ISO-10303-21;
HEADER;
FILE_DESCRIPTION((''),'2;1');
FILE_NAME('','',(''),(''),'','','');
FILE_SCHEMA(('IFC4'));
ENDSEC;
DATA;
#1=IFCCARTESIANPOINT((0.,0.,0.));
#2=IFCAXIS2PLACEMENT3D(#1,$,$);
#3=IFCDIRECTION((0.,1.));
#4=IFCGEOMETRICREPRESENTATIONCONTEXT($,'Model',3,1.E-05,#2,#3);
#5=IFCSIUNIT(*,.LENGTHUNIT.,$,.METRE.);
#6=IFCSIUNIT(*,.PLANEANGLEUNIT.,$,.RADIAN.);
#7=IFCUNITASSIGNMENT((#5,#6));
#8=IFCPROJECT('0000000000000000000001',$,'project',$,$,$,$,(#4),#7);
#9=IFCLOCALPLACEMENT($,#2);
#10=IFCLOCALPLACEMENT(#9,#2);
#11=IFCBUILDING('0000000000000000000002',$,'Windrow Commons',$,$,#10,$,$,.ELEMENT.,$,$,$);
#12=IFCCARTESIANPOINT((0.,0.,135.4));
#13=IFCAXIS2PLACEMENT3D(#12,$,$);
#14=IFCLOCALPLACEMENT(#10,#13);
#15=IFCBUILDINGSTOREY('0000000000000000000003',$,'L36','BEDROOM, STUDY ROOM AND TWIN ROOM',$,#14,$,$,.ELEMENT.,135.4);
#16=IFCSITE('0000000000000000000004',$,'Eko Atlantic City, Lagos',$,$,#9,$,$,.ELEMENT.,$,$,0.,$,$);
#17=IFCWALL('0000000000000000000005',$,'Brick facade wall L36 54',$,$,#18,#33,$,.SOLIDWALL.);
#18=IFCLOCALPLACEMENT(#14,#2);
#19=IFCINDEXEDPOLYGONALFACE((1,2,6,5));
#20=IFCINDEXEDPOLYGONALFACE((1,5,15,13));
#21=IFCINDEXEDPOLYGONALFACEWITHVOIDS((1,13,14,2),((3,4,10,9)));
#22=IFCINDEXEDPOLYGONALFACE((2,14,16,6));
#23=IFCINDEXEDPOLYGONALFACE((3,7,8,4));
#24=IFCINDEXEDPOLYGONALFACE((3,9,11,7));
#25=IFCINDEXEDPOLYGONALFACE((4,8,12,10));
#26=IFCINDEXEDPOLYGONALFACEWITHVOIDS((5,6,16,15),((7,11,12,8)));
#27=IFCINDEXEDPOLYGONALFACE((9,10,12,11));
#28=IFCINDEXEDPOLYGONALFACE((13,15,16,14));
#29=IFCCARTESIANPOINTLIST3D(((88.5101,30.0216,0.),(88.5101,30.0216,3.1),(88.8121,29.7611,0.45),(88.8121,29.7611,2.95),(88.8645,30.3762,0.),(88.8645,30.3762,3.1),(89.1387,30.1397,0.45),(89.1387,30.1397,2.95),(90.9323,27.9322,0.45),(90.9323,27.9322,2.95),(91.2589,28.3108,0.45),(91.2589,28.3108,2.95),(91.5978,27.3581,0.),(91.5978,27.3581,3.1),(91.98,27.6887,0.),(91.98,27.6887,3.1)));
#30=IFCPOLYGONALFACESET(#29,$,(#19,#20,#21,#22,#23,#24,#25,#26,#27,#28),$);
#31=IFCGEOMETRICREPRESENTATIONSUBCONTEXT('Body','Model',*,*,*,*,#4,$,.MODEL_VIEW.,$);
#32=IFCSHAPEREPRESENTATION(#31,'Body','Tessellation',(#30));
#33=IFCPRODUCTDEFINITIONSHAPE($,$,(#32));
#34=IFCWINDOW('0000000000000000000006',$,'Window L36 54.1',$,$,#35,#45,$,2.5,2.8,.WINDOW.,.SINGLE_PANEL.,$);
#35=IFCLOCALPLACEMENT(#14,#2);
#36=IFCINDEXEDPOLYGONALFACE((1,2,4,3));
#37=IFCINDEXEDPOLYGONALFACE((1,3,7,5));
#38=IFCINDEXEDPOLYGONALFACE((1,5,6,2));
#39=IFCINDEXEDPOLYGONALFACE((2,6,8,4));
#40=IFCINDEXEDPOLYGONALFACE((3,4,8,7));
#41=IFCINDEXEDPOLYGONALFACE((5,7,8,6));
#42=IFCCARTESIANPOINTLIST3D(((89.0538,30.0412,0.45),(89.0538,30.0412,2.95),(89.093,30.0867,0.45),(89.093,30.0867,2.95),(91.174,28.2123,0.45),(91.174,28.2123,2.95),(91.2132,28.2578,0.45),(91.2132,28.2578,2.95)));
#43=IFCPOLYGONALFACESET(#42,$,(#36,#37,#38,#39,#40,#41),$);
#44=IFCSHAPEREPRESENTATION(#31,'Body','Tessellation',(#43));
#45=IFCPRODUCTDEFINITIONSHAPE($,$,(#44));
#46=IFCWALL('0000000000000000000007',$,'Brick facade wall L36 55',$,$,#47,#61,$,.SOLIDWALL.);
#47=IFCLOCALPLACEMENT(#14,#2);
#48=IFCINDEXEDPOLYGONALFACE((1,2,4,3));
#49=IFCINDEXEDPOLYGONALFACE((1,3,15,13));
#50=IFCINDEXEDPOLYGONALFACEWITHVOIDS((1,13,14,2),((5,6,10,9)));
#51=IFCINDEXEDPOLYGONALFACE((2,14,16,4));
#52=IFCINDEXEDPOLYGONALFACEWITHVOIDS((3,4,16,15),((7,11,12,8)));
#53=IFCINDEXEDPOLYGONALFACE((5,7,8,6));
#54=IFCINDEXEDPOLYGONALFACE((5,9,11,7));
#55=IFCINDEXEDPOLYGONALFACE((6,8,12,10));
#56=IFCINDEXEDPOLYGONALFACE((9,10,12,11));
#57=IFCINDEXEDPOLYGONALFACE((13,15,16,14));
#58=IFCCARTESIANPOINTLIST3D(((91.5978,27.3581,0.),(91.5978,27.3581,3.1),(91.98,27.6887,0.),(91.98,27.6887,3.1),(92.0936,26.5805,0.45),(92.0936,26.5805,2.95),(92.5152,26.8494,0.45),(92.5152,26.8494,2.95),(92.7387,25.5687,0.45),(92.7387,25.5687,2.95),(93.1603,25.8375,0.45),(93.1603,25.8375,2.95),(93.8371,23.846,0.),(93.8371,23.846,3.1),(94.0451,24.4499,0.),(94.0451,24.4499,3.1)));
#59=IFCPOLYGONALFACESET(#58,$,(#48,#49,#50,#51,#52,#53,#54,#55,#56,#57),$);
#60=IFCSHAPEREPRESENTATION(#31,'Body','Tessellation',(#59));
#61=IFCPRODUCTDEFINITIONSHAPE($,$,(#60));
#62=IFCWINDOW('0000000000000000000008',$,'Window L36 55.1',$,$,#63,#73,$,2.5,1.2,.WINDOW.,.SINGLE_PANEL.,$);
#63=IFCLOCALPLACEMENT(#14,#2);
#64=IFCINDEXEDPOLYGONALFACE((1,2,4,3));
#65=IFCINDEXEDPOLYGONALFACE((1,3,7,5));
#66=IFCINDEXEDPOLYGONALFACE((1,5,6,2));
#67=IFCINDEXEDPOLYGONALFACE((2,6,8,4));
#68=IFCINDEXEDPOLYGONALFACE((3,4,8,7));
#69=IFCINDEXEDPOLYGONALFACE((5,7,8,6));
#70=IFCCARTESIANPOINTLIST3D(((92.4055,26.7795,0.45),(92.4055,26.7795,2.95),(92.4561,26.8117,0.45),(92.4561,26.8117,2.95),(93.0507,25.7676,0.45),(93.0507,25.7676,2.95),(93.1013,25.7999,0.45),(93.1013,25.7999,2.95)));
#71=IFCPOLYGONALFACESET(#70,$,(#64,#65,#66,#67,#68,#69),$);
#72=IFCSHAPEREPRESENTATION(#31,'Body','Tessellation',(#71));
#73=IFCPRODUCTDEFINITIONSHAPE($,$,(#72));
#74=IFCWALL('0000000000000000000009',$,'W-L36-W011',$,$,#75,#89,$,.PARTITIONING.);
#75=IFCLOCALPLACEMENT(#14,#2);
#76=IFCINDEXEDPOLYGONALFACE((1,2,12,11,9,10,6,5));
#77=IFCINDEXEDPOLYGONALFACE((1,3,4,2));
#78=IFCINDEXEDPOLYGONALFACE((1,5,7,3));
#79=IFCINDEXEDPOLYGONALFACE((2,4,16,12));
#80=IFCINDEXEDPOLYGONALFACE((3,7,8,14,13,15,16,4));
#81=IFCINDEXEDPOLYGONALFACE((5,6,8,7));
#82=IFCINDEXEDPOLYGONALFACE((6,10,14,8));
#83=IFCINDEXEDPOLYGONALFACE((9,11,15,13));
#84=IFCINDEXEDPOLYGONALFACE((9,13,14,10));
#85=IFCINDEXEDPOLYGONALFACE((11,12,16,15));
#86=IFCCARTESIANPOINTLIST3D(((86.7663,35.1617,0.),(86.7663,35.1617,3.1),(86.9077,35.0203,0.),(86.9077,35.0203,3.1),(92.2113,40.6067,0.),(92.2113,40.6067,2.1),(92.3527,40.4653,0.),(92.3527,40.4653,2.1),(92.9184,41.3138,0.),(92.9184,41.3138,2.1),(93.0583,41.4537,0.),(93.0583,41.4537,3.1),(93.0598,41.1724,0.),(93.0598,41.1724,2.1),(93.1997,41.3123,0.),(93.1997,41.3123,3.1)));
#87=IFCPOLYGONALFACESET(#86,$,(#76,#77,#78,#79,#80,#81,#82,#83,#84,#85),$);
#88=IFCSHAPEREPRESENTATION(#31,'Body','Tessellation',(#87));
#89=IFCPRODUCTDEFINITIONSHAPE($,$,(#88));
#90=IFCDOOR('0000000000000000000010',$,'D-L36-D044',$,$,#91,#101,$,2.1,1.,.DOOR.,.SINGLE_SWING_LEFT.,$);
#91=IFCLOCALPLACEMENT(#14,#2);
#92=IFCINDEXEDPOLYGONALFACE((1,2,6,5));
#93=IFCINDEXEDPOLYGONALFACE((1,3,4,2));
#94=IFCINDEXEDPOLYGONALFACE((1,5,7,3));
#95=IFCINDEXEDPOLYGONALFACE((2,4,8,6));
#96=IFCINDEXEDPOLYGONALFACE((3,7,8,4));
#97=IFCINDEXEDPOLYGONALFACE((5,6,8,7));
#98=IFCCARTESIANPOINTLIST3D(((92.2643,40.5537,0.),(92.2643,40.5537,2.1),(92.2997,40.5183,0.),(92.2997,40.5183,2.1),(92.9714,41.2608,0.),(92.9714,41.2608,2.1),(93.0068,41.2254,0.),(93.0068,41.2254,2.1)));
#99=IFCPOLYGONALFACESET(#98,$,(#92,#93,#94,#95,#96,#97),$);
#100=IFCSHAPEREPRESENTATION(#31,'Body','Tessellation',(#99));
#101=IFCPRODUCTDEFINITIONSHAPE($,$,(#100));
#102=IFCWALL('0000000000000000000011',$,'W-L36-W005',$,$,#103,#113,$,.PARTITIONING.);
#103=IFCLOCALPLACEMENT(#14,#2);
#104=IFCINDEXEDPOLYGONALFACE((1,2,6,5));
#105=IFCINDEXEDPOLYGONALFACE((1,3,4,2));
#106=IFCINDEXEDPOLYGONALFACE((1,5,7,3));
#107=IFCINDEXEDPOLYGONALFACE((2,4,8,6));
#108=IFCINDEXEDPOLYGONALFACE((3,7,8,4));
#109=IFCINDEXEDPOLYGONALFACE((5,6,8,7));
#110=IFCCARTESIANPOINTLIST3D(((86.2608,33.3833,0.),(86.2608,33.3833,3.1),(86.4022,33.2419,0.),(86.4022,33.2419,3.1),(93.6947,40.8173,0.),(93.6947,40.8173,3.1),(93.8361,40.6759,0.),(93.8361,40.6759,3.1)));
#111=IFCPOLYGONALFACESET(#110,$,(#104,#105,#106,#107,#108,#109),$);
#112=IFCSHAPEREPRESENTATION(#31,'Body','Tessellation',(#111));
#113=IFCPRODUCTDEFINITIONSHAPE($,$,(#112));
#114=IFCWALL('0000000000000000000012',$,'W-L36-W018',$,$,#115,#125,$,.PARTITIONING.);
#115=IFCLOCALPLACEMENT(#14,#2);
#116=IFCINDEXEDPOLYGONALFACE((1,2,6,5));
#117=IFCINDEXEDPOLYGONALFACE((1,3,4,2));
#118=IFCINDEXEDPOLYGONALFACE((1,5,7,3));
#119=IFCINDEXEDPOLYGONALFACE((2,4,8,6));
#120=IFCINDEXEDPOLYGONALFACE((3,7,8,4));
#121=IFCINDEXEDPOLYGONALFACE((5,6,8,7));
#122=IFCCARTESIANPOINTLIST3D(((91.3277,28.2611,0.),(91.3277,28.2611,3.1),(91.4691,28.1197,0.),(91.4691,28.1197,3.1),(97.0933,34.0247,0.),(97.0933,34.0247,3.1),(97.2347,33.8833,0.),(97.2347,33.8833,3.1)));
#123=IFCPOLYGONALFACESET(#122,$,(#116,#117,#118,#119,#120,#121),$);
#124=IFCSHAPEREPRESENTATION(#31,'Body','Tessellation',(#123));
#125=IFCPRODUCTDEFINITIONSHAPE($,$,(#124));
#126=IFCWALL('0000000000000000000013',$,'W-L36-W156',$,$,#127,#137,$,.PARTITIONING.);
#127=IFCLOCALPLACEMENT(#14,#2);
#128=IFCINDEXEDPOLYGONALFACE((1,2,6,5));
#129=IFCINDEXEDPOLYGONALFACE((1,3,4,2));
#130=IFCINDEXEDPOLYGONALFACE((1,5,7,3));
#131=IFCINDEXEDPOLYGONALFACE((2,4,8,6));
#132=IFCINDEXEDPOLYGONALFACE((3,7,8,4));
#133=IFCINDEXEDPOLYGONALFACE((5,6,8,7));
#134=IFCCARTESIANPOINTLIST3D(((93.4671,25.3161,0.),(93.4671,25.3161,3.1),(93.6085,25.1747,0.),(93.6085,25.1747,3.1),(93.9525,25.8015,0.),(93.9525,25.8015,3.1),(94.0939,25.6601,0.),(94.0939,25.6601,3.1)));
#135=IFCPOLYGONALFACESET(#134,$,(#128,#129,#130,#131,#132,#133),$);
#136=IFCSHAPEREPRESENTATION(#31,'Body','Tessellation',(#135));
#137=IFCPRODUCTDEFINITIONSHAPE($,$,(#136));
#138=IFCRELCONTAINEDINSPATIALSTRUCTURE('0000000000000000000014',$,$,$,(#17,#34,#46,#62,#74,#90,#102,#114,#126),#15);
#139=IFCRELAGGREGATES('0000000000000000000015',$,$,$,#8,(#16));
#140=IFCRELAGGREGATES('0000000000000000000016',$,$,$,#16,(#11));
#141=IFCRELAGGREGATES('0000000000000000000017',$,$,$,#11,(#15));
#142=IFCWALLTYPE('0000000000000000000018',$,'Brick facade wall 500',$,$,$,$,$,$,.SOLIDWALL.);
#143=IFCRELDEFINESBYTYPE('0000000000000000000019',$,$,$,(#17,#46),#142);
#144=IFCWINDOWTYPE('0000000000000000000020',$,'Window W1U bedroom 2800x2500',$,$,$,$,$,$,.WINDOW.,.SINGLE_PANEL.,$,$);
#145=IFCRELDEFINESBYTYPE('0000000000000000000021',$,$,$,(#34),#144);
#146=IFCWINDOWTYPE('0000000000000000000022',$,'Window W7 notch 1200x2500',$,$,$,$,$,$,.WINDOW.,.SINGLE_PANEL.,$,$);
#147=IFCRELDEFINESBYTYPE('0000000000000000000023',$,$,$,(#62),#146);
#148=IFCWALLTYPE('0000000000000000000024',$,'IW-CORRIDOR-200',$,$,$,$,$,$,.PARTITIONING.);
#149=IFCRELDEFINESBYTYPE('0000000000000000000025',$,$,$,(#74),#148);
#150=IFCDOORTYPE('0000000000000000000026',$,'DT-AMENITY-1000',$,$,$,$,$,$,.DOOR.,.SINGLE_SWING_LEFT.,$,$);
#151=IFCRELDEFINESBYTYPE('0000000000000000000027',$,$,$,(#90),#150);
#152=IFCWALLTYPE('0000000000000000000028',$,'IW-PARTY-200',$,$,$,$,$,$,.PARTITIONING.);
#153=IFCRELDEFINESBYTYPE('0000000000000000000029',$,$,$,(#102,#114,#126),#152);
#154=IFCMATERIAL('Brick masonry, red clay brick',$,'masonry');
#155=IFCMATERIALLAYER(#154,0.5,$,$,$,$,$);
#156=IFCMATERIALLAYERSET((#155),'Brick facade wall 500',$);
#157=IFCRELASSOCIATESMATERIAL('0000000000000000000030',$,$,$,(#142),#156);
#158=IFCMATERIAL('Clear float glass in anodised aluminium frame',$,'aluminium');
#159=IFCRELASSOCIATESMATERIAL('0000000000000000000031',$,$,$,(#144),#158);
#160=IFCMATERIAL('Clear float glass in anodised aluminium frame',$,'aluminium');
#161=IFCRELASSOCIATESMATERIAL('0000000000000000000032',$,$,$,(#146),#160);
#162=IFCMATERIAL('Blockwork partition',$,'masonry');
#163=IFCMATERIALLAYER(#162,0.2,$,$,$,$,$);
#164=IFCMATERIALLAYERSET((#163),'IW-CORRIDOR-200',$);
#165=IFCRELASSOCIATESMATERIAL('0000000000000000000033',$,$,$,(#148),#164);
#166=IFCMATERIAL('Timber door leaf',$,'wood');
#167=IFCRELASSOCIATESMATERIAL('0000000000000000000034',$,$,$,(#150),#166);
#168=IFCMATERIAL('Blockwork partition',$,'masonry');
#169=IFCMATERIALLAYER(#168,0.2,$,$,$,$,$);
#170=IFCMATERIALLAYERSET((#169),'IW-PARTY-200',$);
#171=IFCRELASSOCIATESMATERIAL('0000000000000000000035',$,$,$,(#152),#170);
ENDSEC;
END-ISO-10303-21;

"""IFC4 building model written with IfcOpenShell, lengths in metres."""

from ifc_helpers import new_model, si_unit, direction, frame, frame_2d, origin, place, context, subcontext, project, spatial, polyline, rectangle, outline, extrude, material, layer, layer_set, type_object, element, fill, save


model = new_model("IFC4")

# Units and contexts
model_context = context("Model", 3, precision=1e-05, world=origin(), true_north=direction((0.0, 1.0)))
body_context = subcontext(model_context, "Body", "Model", "MODEL_VIEW")
ifc_project = project(units=[si_unit("LENGTHUNIT", "METRE"), si_unit("PLANEANGLEUNIT", "RADIAN")], contexts=[model_context])

# Site, building, storey
site_placement = place(None, origin())
site = spatial("IfcSite", under=ifc_project, at=site_placement, Name="Eko Atlantic City, Lagos", CompositionType="ELEMENT", RefElevation=0.0)
building_placement = place(site_placement, origin())
building = spatial("IfcBuilding", under=site, at=building_placement, Name="Windrow Commons", CompositionType="ELEMENT")
storey_placement = place(building_placement, frame((0.0, 0.0, 135.4)))
storey = spatial("IfcBuildingStorey", under=building, at=storey_placement, Name="L36", Description="BEDROOM, STUDY ROOM AND TWIN ROOM", CompositionType="ELEMENT", Elevation=135.4)

# Shared definitions
ifc_material_1 = material(Name="Brick masonry, red clay brick", Category="masonry")
ifc_layer_1 = layer(ifc_material_1, 0.5)
ifc_layer_set_1 = layer_set([ifc_layer_1], Name="Brick facade wall 500")
wall_type_1 = type_object("IfcWallType", Name="Brick facade wall 500", PredefinedType="SOLIDWALL", material=ifc_layer_set_1)
ifc_material_2 = material(Name="Clear float glass in anodised aluminium frame", Category="aluminium")
window_type_1 = type_object("IfcWindowType", Name="Window W1U bedroom 2800x2500", PartitioningType="SINGLE_PANEL", PredefinedType="WINDOW", material=ifc_material_2)
ifc_material_3 = material(Name="Clear float glass in anodised aluminium frame", Category="aluminium")
window_type_2 = type_object("IfcWindowType", Name="Window W7 notch 1200x2500", PartitioningType="SINGLE_PANEL", PredefinedType="WINDOW", material=ifc_material_3)

# Walls, openings, windows
wall_1_placement = place(storey_placement, frame((88.6873, 30.1989, 0.0), z_axis=(0.0, 0.0, 1.0), x_axis=(0.757204, -0.653179, 0.0)))
wall_1 = element("IfcWall", 1, at=wall_1_placement, inside=storey, type_object=wall_type_1, Name="Brick facade wall L36 54", PredefinedType="SOLIDWALL", context=body_context, shape_type="SweptSolid", body=[
    extrude(outline(polyline([(-0.0184, -0.25), (4.0594, -0.25), (4.1328, 0.25), (0.0184, 0.25), (-0.0184, -0.25)])), origin(), (0.0, 0.0, 1.0), 3.1),
])
opening_1_placement = place(wall_1_placement, frame((0.3805, 0.0, 0.45)))
opening_1 = element("IfcOpeningElement", 2, at=opening_1_placement, cuts=wall_1, PredefinedType="OPENING", context=body_context, shape_type="SweptSolid", body=[
    extrude(rectangle(XDim=2.8, YDim=2.5, at=frame_2d((1.4, 1.25))), frame((0.0, 0.26, 0.0), z_axis=(0.0, -1.0, 0.0), x_axis=(1.0, 0.0, 0.0)), (0.0, 0.0, 1.0), 0.52),
])
window_1_placement = place(opening_1_placement, origin())
window_1 = element("IfcWindow", 3, at=window_1_placement, inside=storey, type_object=window_type_1, Name="Window L36 54.1", OverallHeight=2.5, OverallWidth=2.8, PartitioningType="SINGLE_PANEL", PredefinedType="WINDOW", context=body_context, shape_type="SweptSolid", body=[
    extrude(rectangle(XDim=2.8, YDim=2.5, at=frame_2d((1.4, 1.25))), frame((0.0, 0.18, 0.0), z_axis=(0.0, -1.0, 0.0), x_axis=(1.0, 0.0, 0.0)), (0.0, 0.0, 1.0), 0.06),
])
fill(opening_1, window_1)
wall_2_placement = place(storey_placement, frame((91.7889, 27.5234, 0.0), z_axis=(0.0, 0.0, 1.0), x_axis=(0.537614, -0.843191, 0.0)))
wall_2 = element("IfcWall", 4, at=wall_2_placement, inside=storey, type_object=wall_type_1, Name="Brick facade wall L36 55", PredefinedType="SOLIDWALL", context=body_context, shape_type="SweptSolid", body=[
    extrude(outline(polyline([(0.0367, -0.25), (4.2019, -0.25), (3.8045, 0.25), (-0.0367, 0.25), (0.0367, -0.25)])), origin(), (0.0, 0.0, 1.0), 3.1),
])
opening_2_placement = place(wall_2_placement, frame((0.9588, 0.0, 0.45)))
opening_2 = element("IfcOpeningElement", 5, at=opening_2_placement, cuts=wall_2, PredefinedType="OPENING", context=body_context, shape_type="SweptSolid", body=[
    extrude(rectangle(XDim=1.2, YDim=2.5, at=frame_2d((0.6, 1.25))), frame((0.0, 0.26, 0.0), z_axis=(0.0, -1.0, 0.0), x_axis=(1.0, 0.0, 0.0)), (0.0, 0.0, 1.0), 0.52),
])
window_2_placement = place(opening_2_placement, origin())
window_2 = element("IfcWindow", 6, at=window_2_placement, inside=storey, type_object=window_type_2, Name="Window L36 55.1", OverallHeight=2.5, OverallWidth=1.2, PartitioningType="SINGLE_PANEL", PredefinedType="WINDOW", context=body_context, shape_type="SweptSolid", body=[
    extrude(rectangle(XDim=1.2, YDim=2.5, at=frame_2d((0.6, 1.25))), frame((0.0, 0.18, 0.0), z_axis=(0.0, -1.0, 0.0), x_axis=(1.0, 0.0, 0.0)), (0.0, 0.0, 1.0), 0.06),
])
fill(opening_2, window_2)

# Wall, opening, door
ifc_material_4 = material(Name="Blockwork partition", Category="masonry")
ifc_layer_2 = layer(ifc_material_4, 0.2)
ifc_layer_set_2 = layer_set([ifc_layer_2], Name="IW-CORRIDOR-200")
wall_type_2 = type_object("IfcWallType", Name="IW-CORRIDOR-200", PredefinedType="PARTITIONING", material=ifc_layer_set_2)
wall_3_placement = place(storey_placement, frame((86.837, 35.091, 0.0), z_axis=(0.0, 0.0, 1.0), x_axis=(0.707107, 0.707107, 0.0)))
wall_3 = element("IfcWall", 7, at=wall_3_placement, inside=storey, type_object=wall_type_2, Name="W-L36-W011", PredefinedType="PARTITIONING", context=body_context, shape_type="SweptSolid", body=[
    extrude(rectangle(XDim=8.8982, YDim=0.2, at=frame_2d((4.4491, 0.0))), origin(), (0.0, 0.0, 1.0), 3.1),
])
opening_3_placement = place(wall_3_placement, frame((7.7004, 0.0, 0.0)))
opening_3 = element("IfcOpeningElement", 8, at=opening_3_placement, cuts=wall_3, PredefinedType="OPENING", context=body_context, shape_type="SweptSolid", body=[
    extrude(rectangle(XDim=1.0, YDim=2.1, at=frame_2d((0.5, 1.05))), frame((0.0, 0.11, 0.0), z_axis=(0.0, -1.0, 0.0), x_axis=(1.0, 0.0, 0.0)), (0.0, 0.0, 1.0), 0.22),
])
ifc_material_5 = material(Name="Timber door leaf", Category="wood")
door_type = type_object("IfcDoorType", Name="DT-AMENITY-1000", OperationType="SINGLE_SWING_LEFT", PredefinedType="DOOR", material=ifc_material_5)
door_placement = place(opening_3_placement, origin())
door = element("IfcDoor", 9, at=door_placement, inside=storey, type_object=door_type, Name="D-L36-D044", OperationType="SINGLE_SWING_LEFT", OverallHeight=2.1, OverallWidth=1.0, PredefinedType="DOOR", context=body_context, shape_type="SweptSolid", body=[
    extrude(rectangle(XDim=1.0, YDim=2.1, at=frame_2d((0.5, 1.05))), frame((0.0, 0.025, 0.0), z_axis=(0.0, -1.0, 0.0), x_axis=(1.0, 0.0, 0.0)), (0.0, 0.0, 1.0), 0.05),
])
fill(opening_3, door)

# Walls
ifc_material_6 = material(Name="Blockwork partition", Category="masonry")
ifc_layer_3 = layer(ifc_material_6, 0.2)
ifc_layer_set_3 = layer_set([ifc_layer_3], Name="IW-PARTY-200")
wall_type_3 = type_object("IfcWallType", Name="IW-PARTY-200", PredefinedType="PARTITIONING", material=ifc_layer_set_3)
wall_4_placement = place(storey_placement, frame((86.3315, 33.3126, 0.0), z_axis=(0.0, 0.0, 1.0), x_axis=(0.707102, 0.707112, 0.0)))
element("IfcWall", 10, at=wall_4_placement, inside=storey, type_object=wall_type_3, Name="W-L36-W005", PredefinedType="PARTITIONING", context=body_context, shape_type="SweptSolid", body=[
    extrude(rectangle(XDim=10.5132, YDim=0.2, at=frame_2d((5.2566, 0.0))), origin(), (0.0, 0.0, 1.0), 3.1),
])
wall_5_placement = place(storey_placement, frame((91.3984, 28.1904, 0.0), z_axis=(0.0, 0.0, 1.0), x_axis=(0.707229, 0.706984, 0.0)))
element("IfcWall", 11, at=wall_5_placement, inside=storey, type_object=wall_type_3, Name="W-L36-W018", PredefinedType="PARTITIONING", context=body_context, shape_type="SweptSolid", body=[
    extrude(rectangle(XDim=8.1524, YDim=0.2, at=frame_2d((4.0762, 0.0))), origin(), (0.0, 0.0, 1.0), 3.1),
])
wall_6_placement = place(storey_placement, frame((93.5378, 25.2454, 0.0), z_axis=(0.0, 0.0, 1.0), x_axis=(0.707107, 0.707107, 0.0)))
element("IfcWall", 12, at=wall_6_placement, inside=storey, type_object=wall_type_3, Name="W-L36-W156", PredefinedType="PARTITIONING", context=body_context, shape_type="SweptSolid", body=[
    extrude(rectangle(XDim=0.6865, YDim=0.2, at=frame_2d((0.3432, 0.0))), origin(), (0.0, 0.0, 1.0), 3.1),
])

save(model, "model.ifc")
